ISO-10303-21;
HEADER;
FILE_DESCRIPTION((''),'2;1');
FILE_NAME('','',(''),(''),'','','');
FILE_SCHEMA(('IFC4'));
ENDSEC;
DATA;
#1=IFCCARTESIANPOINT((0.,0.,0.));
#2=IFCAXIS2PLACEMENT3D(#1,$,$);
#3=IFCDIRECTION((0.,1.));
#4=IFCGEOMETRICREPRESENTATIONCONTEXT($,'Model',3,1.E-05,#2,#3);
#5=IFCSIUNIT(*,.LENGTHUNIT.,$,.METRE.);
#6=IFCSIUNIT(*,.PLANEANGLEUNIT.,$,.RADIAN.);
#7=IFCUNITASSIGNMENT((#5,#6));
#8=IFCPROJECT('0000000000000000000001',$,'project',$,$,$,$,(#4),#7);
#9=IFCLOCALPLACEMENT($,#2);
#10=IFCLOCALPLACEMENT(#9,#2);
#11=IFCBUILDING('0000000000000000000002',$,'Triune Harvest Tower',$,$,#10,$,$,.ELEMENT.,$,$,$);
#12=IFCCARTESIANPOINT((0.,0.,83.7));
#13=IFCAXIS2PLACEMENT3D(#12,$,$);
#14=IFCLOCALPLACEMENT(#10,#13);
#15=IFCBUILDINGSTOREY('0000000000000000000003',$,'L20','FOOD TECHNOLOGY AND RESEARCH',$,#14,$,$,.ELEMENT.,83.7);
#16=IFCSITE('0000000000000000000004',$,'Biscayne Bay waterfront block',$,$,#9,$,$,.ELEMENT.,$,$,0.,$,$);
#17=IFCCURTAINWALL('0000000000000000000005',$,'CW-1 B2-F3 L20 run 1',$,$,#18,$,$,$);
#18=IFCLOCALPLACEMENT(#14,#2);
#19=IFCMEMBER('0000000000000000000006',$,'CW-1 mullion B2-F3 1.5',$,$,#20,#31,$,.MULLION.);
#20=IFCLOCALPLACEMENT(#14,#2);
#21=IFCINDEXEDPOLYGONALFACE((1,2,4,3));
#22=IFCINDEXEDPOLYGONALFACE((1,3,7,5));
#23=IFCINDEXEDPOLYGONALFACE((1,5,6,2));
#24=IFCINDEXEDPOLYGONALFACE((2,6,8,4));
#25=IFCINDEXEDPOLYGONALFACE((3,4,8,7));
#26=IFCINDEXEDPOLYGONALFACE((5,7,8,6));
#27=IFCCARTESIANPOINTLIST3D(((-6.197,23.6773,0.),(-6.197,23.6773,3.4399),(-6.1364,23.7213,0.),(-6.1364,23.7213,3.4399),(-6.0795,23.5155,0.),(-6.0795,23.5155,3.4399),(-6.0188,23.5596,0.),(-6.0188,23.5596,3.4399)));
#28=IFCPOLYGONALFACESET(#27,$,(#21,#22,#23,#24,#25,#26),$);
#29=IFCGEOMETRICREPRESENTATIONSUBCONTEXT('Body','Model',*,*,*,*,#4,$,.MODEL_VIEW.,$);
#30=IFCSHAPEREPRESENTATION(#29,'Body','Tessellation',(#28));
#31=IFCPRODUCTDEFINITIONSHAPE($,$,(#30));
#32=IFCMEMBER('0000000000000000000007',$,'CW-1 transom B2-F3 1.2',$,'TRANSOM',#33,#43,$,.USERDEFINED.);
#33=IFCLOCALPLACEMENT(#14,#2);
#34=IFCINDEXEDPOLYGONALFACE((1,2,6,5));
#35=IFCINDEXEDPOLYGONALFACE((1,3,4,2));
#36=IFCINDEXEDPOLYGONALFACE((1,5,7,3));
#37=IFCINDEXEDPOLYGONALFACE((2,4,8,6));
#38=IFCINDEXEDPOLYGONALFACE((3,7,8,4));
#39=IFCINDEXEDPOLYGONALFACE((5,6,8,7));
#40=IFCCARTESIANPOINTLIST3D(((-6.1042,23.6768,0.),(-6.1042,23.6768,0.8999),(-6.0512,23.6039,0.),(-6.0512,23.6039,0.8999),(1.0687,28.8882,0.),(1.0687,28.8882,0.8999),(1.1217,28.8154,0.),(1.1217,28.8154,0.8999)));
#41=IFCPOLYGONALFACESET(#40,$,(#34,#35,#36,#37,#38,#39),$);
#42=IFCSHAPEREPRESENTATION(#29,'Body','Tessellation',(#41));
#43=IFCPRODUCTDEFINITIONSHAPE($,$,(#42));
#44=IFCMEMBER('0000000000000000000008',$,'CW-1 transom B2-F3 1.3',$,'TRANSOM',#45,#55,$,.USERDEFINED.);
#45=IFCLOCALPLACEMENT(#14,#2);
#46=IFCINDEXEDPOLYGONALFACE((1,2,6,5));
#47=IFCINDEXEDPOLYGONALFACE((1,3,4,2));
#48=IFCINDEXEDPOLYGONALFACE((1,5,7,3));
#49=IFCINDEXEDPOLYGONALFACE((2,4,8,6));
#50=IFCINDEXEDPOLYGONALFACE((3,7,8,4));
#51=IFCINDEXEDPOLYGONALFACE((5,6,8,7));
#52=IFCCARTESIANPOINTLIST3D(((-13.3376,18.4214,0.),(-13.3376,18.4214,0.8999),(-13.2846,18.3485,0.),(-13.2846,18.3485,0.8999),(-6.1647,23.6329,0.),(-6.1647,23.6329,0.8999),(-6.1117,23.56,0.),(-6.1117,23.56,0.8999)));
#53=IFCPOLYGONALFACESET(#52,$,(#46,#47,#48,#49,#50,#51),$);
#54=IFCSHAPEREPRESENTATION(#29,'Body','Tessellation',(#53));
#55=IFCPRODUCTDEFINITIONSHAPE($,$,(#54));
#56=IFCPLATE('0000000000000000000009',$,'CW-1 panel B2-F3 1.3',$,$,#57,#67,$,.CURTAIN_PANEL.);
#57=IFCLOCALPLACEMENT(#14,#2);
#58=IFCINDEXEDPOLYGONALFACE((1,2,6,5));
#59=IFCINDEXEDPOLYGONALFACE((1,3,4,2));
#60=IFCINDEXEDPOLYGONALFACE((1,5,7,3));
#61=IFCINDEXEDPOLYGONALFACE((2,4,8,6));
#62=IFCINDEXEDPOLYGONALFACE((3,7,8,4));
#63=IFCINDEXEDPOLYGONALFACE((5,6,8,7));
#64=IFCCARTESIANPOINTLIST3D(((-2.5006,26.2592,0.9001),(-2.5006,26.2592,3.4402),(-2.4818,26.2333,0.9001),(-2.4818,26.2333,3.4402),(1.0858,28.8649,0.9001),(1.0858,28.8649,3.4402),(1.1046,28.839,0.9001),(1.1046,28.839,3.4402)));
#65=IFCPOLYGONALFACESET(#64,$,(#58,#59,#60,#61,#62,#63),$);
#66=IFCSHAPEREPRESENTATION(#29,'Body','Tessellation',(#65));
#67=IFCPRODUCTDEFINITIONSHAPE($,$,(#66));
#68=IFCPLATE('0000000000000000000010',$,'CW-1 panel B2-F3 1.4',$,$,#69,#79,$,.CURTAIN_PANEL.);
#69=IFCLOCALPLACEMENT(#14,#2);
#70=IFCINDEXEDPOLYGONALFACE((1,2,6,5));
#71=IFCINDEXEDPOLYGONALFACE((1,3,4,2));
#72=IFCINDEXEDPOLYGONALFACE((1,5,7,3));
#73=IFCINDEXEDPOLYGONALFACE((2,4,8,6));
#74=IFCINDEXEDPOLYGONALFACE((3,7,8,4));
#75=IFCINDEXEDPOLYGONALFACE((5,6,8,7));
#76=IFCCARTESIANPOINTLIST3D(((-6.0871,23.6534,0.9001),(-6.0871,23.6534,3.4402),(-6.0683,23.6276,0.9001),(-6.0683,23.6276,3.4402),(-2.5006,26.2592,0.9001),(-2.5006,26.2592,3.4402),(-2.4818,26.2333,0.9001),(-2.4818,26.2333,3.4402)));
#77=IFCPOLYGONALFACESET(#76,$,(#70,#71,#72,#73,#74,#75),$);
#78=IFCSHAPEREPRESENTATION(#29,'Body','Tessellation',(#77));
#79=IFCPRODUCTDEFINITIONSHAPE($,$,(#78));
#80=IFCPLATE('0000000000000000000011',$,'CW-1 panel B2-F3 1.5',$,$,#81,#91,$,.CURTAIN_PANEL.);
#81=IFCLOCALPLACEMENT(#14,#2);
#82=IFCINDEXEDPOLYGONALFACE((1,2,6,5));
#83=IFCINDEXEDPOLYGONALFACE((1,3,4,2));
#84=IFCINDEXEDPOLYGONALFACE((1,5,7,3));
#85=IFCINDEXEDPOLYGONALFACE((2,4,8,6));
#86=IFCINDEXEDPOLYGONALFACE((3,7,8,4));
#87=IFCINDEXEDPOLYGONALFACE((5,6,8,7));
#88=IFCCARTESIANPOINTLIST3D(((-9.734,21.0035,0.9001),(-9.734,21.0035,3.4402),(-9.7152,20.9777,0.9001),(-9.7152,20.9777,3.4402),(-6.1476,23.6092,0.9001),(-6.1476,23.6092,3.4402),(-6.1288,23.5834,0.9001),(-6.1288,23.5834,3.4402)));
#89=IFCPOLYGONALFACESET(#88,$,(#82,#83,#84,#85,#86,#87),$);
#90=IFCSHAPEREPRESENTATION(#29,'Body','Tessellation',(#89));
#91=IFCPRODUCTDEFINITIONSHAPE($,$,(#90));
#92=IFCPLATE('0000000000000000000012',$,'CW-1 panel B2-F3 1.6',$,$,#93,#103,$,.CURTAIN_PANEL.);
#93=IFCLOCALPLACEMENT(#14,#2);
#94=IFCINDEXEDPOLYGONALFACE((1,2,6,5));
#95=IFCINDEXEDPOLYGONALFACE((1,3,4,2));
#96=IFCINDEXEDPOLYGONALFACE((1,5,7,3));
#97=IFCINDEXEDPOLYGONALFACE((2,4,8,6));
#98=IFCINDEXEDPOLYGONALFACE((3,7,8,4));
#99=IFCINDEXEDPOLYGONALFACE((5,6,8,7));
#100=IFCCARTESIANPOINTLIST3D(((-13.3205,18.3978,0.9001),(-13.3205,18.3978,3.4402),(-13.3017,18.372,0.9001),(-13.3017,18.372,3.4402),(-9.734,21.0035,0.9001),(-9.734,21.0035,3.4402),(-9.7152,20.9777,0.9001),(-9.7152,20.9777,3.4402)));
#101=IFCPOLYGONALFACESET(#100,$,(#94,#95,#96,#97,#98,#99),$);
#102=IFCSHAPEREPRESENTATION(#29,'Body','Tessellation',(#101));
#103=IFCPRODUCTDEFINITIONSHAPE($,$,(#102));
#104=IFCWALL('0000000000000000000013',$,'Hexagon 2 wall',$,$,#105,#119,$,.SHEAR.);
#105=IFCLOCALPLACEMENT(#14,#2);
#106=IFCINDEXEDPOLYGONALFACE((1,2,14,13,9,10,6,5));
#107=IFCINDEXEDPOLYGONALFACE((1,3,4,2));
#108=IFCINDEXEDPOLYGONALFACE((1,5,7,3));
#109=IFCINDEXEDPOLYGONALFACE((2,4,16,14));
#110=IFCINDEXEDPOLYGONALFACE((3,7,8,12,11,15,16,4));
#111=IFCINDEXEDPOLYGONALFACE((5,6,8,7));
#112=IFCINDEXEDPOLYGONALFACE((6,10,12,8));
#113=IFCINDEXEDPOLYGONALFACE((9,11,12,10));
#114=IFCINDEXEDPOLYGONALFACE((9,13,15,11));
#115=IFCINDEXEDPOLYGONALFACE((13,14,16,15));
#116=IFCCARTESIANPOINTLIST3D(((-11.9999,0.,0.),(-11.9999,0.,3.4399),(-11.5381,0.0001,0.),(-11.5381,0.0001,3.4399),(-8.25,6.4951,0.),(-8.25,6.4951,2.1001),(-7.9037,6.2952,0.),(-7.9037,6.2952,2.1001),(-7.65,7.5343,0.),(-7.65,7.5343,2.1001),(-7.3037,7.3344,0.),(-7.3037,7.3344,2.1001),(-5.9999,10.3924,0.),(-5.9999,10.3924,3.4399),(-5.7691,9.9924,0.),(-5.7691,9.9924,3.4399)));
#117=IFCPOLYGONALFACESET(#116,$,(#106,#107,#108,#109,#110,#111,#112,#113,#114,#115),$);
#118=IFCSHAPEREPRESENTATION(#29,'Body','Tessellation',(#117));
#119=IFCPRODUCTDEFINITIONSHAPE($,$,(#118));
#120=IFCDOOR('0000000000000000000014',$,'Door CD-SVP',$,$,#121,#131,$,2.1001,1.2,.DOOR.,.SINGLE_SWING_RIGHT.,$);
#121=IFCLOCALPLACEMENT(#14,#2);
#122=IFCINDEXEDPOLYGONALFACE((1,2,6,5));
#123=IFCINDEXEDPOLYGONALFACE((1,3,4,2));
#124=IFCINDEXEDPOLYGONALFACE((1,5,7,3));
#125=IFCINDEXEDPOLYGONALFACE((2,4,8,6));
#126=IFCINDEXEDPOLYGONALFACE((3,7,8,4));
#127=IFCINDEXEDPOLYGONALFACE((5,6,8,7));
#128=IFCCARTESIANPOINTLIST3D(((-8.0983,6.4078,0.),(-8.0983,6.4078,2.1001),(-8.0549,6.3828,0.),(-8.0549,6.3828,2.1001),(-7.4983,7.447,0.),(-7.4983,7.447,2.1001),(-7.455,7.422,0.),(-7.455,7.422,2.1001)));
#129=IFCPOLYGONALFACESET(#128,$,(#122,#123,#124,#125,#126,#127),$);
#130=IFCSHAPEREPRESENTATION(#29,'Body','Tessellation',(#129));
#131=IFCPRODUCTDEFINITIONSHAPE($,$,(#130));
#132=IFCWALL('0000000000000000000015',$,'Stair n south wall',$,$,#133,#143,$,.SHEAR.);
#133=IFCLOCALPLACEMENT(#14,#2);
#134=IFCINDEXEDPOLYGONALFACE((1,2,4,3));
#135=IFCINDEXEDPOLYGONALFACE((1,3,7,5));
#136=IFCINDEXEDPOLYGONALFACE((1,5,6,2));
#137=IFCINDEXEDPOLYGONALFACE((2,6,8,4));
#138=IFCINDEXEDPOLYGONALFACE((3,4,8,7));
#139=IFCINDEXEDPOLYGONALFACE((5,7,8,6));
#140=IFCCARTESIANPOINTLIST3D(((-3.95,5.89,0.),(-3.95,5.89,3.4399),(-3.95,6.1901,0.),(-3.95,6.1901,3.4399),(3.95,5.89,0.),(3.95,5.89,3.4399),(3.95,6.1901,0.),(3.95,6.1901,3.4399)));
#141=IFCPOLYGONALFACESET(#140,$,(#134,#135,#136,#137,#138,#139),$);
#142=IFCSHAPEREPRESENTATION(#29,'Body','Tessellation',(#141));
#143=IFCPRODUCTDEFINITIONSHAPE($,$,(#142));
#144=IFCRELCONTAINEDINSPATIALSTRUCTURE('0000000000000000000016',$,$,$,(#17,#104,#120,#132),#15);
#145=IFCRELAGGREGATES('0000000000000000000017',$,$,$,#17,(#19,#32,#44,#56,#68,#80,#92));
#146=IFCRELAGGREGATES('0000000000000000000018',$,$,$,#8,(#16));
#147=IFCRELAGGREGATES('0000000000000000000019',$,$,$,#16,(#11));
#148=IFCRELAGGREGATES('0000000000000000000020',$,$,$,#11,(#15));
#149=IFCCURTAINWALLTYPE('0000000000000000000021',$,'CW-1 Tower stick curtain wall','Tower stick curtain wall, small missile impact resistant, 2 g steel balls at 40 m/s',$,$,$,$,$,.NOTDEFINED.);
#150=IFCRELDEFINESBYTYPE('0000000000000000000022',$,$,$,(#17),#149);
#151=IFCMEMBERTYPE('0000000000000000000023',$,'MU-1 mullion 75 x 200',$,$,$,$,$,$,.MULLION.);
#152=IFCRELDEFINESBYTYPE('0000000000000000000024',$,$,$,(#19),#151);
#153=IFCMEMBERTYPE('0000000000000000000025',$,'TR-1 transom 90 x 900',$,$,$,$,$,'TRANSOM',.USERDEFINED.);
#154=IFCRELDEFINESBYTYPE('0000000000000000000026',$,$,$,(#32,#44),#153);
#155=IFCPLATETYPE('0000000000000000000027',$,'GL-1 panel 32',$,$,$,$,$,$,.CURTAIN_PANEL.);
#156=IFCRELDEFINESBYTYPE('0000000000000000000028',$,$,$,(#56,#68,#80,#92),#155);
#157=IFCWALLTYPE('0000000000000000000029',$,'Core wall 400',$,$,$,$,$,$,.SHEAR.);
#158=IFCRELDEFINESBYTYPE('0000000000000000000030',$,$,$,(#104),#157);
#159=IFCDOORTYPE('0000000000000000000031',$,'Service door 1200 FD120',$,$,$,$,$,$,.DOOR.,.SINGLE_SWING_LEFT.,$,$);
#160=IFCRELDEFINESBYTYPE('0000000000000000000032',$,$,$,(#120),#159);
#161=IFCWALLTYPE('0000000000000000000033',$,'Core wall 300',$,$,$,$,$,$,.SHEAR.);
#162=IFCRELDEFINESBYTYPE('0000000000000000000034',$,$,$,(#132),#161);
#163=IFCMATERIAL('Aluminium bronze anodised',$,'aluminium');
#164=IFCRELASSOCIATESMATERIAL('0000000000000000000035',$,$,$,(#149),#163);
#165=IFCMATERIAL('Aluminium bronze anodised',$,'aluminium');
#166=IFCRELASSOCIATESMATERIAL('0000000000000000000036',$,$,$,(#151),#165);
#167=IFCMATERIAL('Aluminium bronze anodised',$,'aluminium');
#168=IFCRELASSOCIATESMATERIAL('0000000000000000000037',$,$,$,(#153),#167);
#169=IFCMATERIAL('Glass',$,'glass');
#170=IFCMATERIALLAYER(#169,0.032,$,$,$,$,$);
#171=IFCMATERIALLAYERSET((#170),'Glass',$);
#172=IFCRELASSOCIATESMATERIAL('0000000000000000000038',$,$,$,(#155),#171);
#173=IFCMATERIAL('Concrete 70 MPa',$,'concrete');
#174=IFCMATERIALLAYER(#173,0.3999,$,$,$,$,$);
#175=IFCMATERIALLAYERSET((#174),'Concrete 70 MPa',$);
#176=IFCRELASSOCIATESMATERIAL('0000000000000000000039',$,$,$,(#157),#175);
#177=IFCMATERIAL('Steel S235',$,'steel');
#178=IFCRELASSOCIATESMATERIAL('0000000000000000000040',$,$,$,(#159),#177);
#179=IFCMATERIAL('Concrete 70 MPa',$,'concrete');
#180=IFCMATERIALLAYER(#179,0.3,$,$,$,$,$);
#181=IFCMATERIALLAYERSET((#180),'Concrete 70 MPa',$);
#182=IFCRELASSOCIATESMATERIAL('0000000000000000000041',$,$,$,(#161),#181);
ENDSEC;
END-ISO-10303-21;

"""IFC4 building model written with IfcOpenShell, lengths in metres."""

from ifc_helpers import new_model, si_unit, direction, frame, frame_2d, origin, origin_2d, place, context, subcontext, project, spatial, polyline, rectangle, outline, extrude, source, transform, mapped, material, layer, layer_set, material_profile, profile_set, type_object, element, fill, aggregate, save


model = new_model("IFC4")

# Units and contexts
model_context = context("Model", 3, precision=1e-05, world=origin(), true_north=direction((0.0, 1.0)))
body_context = subcontext(model_context, "Body", "Model", "MODEL_VIEW")
ifc_project = project(units=[si_unit("LENGTHUNIT", "METRE"), si_unit("PLANEANGLEUNIT", "RADIAN")], contexts=[model_context])

# Site, building, storey
site_placement = place(None, origin())
site = spatial("IfcSite", under=ifc_project, at=site_placement, Name="Biscayne Bay waterfront block", CompositionType="ELEMENT", RefElevation=0.0)
building_placement = place(site_placement, origin())
building = spatial("IfcBuilding", under=site, at=building_placement, Name="Triune Harvest Tower", CompositionType="ELEMENT")
storey_placement = place(building_placement, frame((0.0, 0.0, 83.7)))
storey = spatial("IfcBuildingStorey", under=building, at=storey_placement, Name="L20", Description="FOOD TECHNOLOGY AND RESEARCH", CompositionType="ELEMENT", Elevation=83.7)

# Curtain wall, members, plates
ifc_material_1 = material(Name="Aluminium bronze anodised", Category="aluminium")
curtain_wall_type = type_object("IfcCurtainWallType", Name="CW-1 Tower stick curtain wall", Description="Tower stick curtain wall, small missile impact resistant, 2 g steel balls at 40 m/s", PredefinedType="NOTDEFINED", material=ifc_material_1)
curtain_wall_placement = place(storey_placement, origin())
curtain_wall = element("IfcCurtainWall", 1, at=curtain_wall_placement, inside=storey, type_object=curtain_wall_type, Name="CW-1 B2-F3 L20 run 1")
ifc_material_2 = material(Name="Aluminium bronze anodised", Category="aluminium")
ifc_material_profile_1 = material_profile(ifc_material_2, rectangle(XDim=0.2, YDim=0.075, at=origin_2d()), Name="MU-1 mullion 75 x 200")
ifc_profile_set_1 = profile_set([ifc_material_profile_1], Name="Aluminium bronze anodised")
member_type_1 = type_object("IfcMemberType", Name="MU-1 mullion 75 x 200", PredefinedType="MULLION", material=ifc_profile_set_1)
shared_shape_1 = source(origin(), body_context, "Body", "SweptSolid", [
    extrude(rectangle(XDim=0.2, YDim=0.075, at=origin_2d()), origin(), (0.0, 0.0, 1.0), 3.4399),
])
member_1_placement = place(storey_placement, frame((-6.1079, 23.6184, 0.0), z_axis=(0.0, 0.0, 1.0), x_axis=(0.587784, -0.809018, 0.0)))
member_1 = element("IfcMember", 2, at=member_1_placement, type_object=member_type_1, Name="CW-1 mullion B2-F3 1.5", PredefinedType="MULLION", context=body_context, shape_type="MappedRepresentation", body=[
    mapped(shared_shape_1, transform((0.0, 0.0, 0.0), scale=1.0)),
])
ifc_material_3 = material(Name="Aluminium bronze anodised", Category="aluminium")
ifc_material_profile_2 = material_profile(ifc_material_3, rectangle(XDim=0.0901, YDim=0.8999, at=origin_2d()), Name="TR-1 transom 90 x 900")
ifc_profile_set_2 = profile_set([ifc_material_profile_2], Name="Aluminium bronze anodised")
member_type_2 = type_object("IfcMemberType", Name="TR-1 transom 90 x 900", ElementType="TRANSOM", PredefinedType="USERDEFINED", material=ifc_profile_set_2)
shared_shape_2 = source(origin(), body_context, "Body", "SweptSolid", [
    extrude(rectangle(XDim=0.0901, YDim=0.8999, at=origin_2d()), origin(), (0.0, 0.0, 1.0), 8.8662),
])
member_2_placement = place(storey_placement, frame((1.0952, 28.8518, 0.45), z_axis=(-0.809015, -0.587789, 0.0), x_axis=(0.587789, -0.809015, 0.0)))
member_2 = element("IfcMember", 3, at=member_2_placement, type_object=member_type_2, Name="CW-1 transom B2-F3 1.2", ObjectType="TRANSOM", PredefinedType="USERDEFINED", context=body_context, shape_type="MappedRepresentation", body=[
    mapped(shared_shape_2, transform((0.0, 0.0, 0.0), scale=1.0)),
])
member_3_placement = place(storey_placement, frame((-6.1382, 23.5964, 0.45), z_axis=(-0.809015, -0.587789, 0.0), x_axis=(0.587789, -0.809015, 0.0)))
member_3 = element("IfcMember", 4, at=member_3_placement, type_object=member_type_2, Name="CW-1 transom B2-F3 1.3", ObjectType="TRANSOM", PredefinedType="USERDEFINED", context=body_context, shape_type="MappedRepresentation", body=[
    mapped(shared_shape_2, transform((0.0, 0.0, 0.0), scale=1.0)),
])
ifc_material_4 = material(Name="Glass", Category="glass")
ifc_layer_1 = layer(ifc_material_4, 0.032)
ifc_layer_set_1 = layer_set([ifc_layer_1], Name="Glass")
plate_type = type_object("IfcPlateType", Name="GL-1 panel 32", PredefinedType="CURTAIN_PANEL", material=ifc_layer_set_1)
shared_shape_3 = source(origin(), body_context, "Body", "SweptSolid", [
    extrude(rectangle(XDim=4.4331, YDim=0.032, at=origin_2d()), origin(), (0.0, 0.0, 1.0), 2.54),
])
plate_1_placement = place(storey_placement, frame((-0.698, 27.5491, 0.9001), z_axis=(0.0, 0.0, 1.0), x_axis=(-0.809018, -0.587784, 0.0)))
plate_1 = element("IfcPlate", 5, at=plate_1_placement, type_object=plate_type, Name="CW-1 panel B2-F3 1.3", PredefinedType="CURTAIN_PANEL", context=body_context, shape_type="MappedRepresentation", body=[
    mapped(shared_shape_3, transform((0.0, 0.0, 0.0), scale=1.0)),
])
plate_2_placement = place(storey_placement, frame((-4.2844, 24.9434, 0.9001), z_axis=(0.0, 0.0, 1.0), x_axis=(-0.809018, -0.587784, 0.0)))
plate_2 = element("IfcPlate", 6, at=plate_2_placement, type_object=plate_type, Name="CW-1 panel B2-F3 1.4", PredefinedType="CURTAIN_PANEL", context=body_context, shape_type="MappedRepresentation", body=[
    mapped(shared_shape_3, transform((0.0, 0.0, 0.0), scale=1.0)),
])
plate_3_placement = place(storey_placement, frame((-7.9314, 22.2935, 0.9001), z_axis=(0.0, 0.0, 1.0), x_axis=(-0.809018, -0.587784, 0.0)))
plate_3 = element("IfcPlate", 7, at=plate_3_placement, type_object=plate_type, Name="CW-1 panel B2-F3 1.5", PredefinedType="CURTAIN_PANEL", context=body_context, shape_type="MappedRepresentation", body=[
    mapped(shared_shape_3, transform((0.0, 0.0, 0.0), scale=1.0)),
])
plate_4_placement = place(storey_placement, frame((-11.5178, 19.6877, 0.9001), z_axis=(0.0, 0.0, 1.0), x_axis=(-0.809018, -0.587784, 0.0)))
plate_4 = element("IfcPlate", 8, at=plate_4_placement, type_object=plate_type, Name="CW-1 panel B2-F3 1.6", PredefinedType="CURTAIN_PANEL", context=body_context, shape_type="MappedRepresentation", body=[
    mapped(shared_shape_3, transform((0.0, 0.0, 0.0), scale=1.0)),
])
aggregate(curtain_wall, [member_1, member_2, member_3, plate_1, plate_2, plate_3, plate_4])

# Wall, opening, door
ifc_material_5 = material(Name="Concrete 70 MPa", Category="concrete")
ifc_layer_2 = layer(ifc_material_5, 0.3999)
ifc_layer_set_2 = layer_set([ifc_layer_2], Name="Concrete 70 MPa")
wall_type_1 = type_object("IfcWallType", Name="Core wall 400", PredefinedType="SHEAR", material=ifc_layer_set_2)
shared_shape_4 = source(origin(), body_context, "Body", "SweptSolid", [
    extrude(outline(polyline([(-0.1155, -0.2), (11.8845, -0.2), (11.6536, 0.2), (0.1155, 0.2), (-0.1155, -0.2)])), origin(), (0.0, 0.0, 1.0), 3.4399),
])
wall_1_placement = place(storey_placement, frame((-5.8845, 10.1924, 0.0), z_axis=(0.0, 0.0, 1.0), x_axis=(-0.499997, -0.866027, 0.0)))
wall_1 = element("IfcWall", 9, at=wall_1_placement, inside=storey, type_object=wall_type_1, Name="Hexagon 2 wall", PredefinedType="SHEAR", context=body_context, shape_type="MappedRepresentation", body=[
    mapped(shared_shape_4, transform((0.0, 0.0, 0.0), scale=1.0)),
])
opening_1_placement = place(wall_1_placement, frame((3.1846, 0.0, 0.0)))
opening_1 = element("IfcOpeningElement", 10, at=opening_1_placement, cuts=wall_1, PredefinedType="OPENING", context=body_context, shape_type="SweptSolid", body=[
    extrude(rectangle(XDim=1.2, YDim=2.1001, at=frame_2d((0.6001, 1.05))), frame((0.0, 0.21, 0.0), z_axis=(0.0, -1.0, 0.0), x_axis=(1.0, 0.0, 0.0)), (0.0, 0.0, 1.0), 0.4199),
])
ifc_material_6 = material(Name="Steel S235", Category="steel")
door_type_1 = type_object("IfcDoorType", Name="Service door 1200 FD120", OperationType="SINGLE_SWING_LEFT", PredefinedType="DOOR", material=ifc_material_6)
door_1_placement = place(opening_1_placement, frame((1.2, 0.0, 0.0), z_axis=(0.0, 0.0, 1.0), x_axis=(-1.0, 0.0, 0.0)))
door_1 = element("IfcDoor", 11, at=door_1_placement, inside=storey, type_object=door_type_1, Name="Door CD-SVP", OperationType="SINGLE_SWING_RIGHT", OverallHeight=2.1001, OverallWidth=1.2, PredefinedType="DOOR", context=body_context, shape_type="SweptSolid", body=[
    extrude(rectangle(XDim=1.2, YDim=2.1001, at=frame_2d((0.6001, 1.05))), frame((0.0, 0.0249, 0.0), z_axis=(0.0, -1.0, 0.0), x_axis=(1.0, 0.0, 0.0)), (0.0, 0.0, 1.0), 0.05),
])
fill(opening_1, door_1)

# Wall
ifc_material_7 = material(Name="Concrete 70 MPa", Category="concrete")
ifc_layer_3 = layer(ifc_material_7, 0.3)
ifc_layer_set_3 = layer_set([ifc_layer_3], Name="Concrete 70 MPa")
wall_type_2 = type_object("IfcWallType", Name="Core wall 300", PredefinedType="SHEAR", material=ifc_layer_set_3)
shared_shape_5 = source(origin(), body_context, "Body", "SweptSolid", [
    extrude(rectangle(XDim=7.8999, YDim=0.3, at=frame_2d((3.95, 0.0))), origin(), (0.0, 0.0, 1.0), 3.4399),
])
wall_2_placement = place(storey_placement, frame((-3.95, 6.04, 0.0), z_axis=(0.0, 0.0, 1.0), x_axis=(1.0, 0.0, 0.0)))
element("IfcWall", 12, at=wall_2_placement, inside=storey, type_object=wall_type_2, Name="Stair n south wall", PredefinedType="SHEAR", context=body_context, shape_type="MappedRepresentation", body=[
    mapped(shared_shape_5, transform((0.0, 0.0, 0.0), scale=1.0)),
])

save(model, "model.ifc")
